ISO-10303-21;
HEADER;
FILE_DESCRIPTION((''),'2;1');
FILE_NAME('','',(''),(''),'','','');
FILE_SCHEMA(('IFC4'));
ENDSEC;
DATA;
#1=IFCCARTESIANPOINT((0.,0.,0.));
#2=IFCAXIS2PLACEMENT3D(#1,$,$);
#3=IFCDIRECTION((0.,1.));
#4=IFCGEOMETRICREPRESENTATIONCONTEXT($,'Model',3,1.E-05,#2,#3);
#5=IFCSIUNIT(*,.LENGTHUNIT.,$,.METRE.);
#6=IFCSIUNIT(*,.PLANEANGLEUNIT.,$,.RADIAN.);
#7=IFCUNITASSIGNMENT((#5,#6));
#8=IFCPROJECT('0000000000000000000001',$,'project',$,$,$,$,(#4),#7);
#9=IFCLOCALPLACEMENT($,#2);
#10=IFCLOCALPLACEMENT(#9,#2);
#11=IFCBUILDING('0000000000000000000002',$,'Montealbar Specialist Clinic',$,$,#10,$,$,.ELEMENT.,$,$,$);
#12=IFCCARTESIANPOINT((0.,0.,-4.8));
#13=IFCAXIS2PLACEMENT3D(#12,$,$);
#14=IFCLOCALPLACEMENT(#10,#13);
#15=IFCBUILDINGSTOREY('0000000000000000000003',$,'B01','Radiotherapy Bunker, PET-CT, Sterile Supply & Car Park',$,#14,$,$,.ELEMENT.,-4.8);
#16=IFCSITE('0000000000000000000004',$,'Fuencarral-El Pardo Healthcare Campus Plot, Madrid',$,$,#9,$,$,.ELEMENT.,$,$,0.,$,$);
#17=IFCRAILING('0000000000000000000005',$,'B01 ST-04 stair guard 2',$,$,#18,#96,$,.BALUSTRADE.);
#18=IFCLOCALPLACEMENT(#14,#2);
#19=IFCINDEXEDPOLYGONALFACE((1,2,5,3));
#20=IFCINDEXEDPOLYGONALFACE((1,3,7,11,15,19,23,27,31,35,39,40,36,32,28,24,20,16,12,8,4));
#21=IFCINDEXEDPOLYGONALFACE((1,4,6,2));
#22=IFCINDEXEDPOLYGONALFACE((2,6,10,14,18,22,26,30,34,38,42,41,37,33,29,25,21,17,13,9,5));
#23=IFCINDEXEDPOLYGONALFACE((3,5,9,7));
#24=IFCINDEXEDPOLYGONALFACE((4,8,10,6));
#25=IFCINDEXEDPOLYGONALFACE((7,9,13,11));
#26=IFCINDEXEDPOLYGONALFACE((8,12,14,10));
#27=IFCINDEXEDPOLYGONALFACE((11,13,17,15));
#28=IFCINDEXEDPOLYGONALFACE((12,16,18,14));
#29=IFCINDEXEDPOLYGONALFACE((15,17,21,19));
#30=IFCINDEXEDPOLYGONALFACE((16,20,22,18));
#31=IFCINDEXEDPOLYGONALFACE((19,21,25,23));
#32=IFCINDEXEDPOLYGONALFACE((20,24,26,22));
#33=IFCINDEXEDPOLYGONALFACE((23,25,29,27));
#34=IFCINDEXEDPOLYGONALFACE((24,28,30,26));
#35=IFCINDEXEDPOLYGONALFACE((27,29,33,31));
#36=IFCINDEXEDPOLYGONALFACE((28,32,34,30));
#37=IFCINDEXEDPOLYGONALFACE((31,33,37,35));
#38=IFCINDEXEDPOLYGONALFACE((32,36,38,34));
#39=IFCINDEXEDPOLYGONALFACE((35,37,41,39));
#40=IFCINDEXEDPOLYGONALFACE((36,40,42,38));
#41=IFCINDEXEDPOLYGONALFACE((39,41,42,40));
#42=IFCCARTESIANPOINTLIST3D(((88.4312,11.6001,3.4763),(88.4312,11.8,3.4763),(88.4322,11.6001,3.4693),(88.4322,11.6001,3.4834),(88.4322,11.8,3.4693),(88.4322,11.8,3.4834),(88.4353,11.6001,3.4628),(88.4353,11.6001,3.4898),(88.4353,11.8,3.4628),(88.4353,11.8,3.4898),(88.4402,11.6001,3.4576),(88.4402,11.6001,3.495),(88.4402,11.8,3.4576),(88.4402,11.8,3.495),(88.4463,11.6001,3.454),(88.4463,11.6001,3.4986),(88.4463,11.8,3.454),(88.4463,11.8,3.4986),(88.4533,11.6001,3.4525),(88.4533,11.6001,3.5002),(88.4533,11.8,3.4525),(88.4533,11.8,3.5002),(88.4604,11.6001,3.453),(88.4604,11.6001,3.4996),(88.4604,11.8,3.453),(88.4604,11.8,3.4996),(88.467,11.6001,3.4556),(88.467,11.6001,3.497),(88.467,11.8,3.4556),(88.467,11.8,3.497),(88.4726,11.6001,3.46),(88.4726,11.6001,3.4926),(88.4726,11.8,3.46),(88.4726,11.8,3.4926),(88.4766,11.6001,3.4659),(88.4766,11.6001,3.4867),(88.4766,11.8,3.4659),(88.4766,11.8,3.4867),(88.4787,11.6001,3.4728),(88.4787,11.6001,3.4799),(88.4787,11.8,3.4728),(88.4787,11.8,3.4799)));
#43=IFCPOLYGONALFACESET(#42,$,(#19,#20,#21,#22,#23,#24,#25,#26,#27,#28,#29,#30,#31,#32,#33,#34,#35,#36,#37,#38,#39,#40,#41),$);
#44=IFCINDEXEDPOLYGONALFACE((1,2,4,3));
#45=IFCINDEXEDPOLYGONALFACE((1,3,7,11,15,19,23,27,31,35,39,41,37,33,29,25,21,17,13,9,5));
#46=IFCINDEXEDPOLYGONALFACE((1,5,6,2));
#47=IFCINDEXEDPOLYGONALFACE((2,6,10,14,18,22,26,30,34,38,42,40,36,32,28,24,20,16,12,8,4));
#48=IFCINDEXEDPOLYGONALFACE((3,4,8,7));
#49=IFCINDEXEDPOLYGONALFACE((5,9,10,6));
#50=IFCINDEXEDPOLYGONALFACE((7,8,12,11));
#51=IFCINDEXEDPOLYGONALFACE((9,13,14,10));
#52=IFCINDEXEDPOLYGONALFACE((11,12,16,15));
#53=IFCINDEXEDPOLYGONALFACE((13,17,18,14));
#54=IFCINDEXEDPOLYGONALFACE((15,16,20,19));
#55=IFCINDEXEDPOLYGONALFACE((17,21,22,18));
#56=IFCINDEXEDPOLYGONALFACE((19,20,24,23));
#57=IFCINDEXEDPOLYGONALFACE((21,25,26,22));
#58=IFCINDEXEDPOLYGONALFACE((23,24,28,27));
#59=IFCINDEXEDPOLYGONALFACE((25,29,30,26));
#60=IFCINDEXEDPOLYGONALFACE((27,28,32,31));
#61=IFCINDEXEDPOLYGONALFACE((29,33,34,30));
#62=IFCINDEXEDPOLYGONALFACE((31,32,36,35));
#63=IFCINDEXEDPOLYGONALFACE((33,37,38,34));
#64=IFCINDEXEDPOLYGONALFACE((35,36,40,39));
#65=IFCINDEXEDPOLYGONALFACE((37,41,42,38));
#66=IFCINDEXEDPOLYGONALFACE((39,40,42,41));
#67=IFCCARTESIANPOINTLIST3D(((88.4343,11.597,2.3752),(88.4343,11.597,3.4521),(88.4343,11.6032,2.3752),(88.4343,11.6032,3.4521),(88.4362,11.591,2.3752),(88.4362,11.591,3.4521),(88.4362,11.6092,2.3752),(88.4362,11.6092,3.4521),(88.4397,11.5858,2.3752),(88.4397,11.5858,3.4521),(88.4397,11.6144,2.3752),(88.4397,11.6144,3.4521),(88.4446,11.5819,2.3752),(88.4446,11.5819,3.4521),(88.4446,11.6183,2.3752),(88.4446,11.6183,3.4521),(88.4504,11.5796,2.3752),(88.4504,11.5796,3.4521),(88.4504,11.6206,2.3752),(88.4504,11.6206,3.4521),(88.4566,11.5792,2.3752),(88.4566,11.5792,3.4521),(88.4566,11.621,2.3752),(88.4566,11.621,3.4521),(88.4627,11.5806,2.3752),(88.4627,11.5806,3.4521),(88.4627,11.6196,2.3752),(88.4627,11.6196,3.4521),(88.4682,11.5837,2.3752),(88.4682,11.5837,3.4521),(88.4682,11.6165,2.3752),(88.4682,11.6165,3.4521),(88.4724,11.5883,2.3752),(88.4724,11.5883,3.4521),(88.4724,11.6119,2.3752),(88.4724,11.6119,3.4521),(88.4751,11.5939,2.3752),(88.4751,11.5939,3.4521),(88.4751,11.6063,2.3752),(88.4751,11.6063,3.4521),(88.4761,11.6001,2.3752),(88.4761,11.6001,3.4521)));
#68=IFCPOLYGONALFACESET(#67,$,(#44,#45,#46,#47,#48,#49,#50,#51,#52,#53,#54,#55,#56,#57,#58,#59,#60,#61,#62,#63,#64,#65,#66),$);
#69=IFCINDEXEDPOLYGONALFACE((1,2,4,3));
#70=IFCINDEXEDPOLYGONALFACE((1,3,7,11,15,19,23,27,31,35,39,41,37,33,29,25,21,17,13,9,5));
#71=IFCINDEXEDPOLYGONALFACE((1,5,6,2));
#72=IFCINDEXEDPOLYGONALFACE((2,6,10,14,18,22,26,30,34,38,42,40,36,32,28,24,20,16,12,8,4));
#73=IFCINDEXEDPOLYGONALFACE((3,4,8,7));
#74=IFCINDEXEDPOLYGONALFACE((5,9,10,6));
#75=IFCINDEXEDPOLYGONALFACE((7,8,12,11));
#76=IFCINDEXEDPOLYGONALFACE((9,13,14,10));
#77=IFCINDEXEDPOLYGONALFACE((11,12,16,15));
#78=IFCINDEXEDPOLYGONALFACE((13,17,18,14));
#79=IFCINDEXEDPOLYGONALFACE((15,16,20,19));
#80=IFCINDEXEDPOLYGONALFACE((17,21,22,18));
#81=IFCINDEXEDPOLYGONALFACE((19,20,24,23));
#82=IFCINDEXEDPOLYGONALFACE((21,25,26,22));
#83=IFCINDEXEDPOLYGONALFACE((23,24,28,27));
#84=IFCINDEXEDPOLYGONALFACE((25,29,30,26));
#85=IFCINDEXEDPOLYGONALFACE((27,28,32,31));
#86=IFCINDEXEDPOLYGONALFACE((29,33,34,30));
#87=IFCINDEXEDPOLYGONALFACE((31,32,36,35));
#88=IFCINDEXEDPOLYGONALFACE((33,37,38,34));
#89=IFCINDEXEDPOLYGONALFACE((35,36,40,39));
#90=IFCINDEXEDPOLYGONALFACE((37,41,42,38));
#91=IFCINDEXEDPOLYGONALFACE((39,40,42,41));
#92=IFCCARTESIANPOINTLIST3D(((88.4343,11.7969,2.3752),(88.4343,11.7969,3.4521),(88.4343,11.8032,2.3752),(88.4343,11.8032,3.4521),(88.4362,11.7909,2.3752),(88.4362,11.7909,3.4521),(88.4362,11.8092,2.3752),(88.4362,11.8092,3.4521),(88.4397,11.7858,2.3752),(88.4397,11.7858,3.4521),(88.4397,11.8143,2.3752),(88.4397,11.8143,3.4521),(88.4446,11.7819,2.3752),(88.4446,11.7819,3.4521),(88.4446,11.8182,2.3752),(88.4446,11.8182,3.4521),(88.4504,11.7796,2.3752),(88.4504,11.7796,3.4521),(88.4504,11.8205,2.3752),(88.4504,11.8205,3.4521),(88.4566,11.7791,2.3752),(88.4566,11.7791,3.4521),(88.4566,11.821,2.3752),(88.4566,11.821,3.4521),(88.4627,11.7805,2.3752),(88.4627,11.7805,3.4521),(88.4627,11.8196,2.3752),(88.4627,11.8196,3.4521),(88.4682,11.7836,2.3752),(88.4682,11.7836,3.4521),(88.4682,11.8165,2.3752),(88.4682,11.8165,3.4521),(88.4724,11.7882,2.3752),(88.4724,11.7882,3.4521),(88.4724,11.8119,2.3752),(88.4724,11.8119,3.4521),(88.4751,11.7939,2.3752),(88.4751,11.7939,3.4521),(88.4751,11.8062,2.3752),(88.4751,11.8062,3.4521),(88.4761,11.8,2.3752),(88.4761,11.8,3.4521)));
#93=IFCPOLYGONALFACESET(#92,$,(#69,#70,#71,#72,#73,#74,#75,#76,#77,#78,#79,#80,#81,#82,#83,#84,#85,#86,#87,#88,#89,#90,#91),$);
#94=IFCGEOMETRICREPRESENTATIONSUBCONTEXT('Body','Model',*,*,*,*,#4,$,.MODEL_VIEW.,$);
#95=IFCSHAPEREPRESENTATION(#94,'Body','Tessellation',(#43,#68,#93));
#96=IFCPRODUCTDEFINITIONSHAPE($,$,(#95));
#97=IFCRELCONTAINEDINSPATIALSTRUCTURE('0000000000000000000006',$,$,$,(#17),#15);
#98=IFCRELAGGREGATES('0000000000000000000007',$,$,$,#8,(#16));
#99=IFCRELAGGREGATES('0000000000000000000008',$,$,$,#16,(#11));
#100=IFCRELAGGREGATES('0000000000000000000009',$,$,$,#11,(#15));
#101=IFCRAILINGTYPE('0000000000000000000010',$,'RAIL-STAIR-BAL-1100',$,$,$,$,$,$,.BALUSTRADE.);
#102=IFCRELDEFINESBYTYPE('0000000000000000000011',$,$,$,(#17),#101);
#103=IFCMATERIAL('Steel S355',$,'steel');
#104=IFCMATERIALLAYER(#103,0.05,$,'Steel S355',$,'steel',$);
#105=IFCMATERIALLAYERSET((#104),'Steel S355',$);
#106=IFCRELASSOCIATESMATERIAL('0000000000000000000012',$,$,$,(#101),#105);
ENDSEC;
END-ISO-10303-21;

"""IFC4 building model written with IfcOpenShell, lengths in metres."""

from ifc_helpers import new_model, si_unit, direction, frame, origin, origin_2d, place, context, subcontext, project, spatial, circle, extrude, material, layer, layer_set, type_object, element, save


model = new_model("IFC4")

# Units and contexts
model_context = context("Model", 3, precision=1e-05, world=origin(), true_north=direction((0.0, 1.0)))
body_context = subcontext(model_context, "Body", "Model", "MODEL_VIEW")
ifc_project = project(units=[si_unit("LENGTHUNIT", "METRE"), si_unit("PLANEANGLEUNIT", "RADIAN")], contexts=[model_context])

# Site, building, storey
site_placement = place(None, origin())
site = spatial("IfcSite", under=ifc_project, at=site_placement, Name="Fuencarral-El Pardo Healthcare Campus Plot, Madrid", CompositionType="ELEMENT", RefElevation=0.0)
building_placement = place(site_placement, origin())
building = spatial("IfcBuilding", under=site, at=building_placement, Name="Montealbar Specialist Clinic", CompositionType="ELEMENT")
storey_placement = place(building_placement, frame((0.0, 0.0, -4.8)))
storey = spatial("IfcBuildingStorey", under=building, at=storey_placement, Name="B01", Description="Radiotherapy Bunker, PET-CT, Sterile Supply & Car Park", CompositionType="ELEMENT", Elevation=-4.8)

# Shared definitions
ifc_material_1 = material(Name="Steel S355", Category="steel")

# Railing
ifc_layer_1 = layer(ifc_material_1, 0.05, Name="Steel S355", Category="steel")
ifc_layer_set_1 = layer_set([ifc_layer_1], Name="Steel S355")
railing_type_1 = type_object("IfcRailingType", Name="RAIL-STAIR-BAL-1100", PredefinedType="BALUSTRADE", material=ifc_layer_set_1)
railing_1_placement = place(storey_placement, frame((88.4551, 11.6001, 2.4001)))
element("IfcRailing", 1, at=railing_1_placement, inside=storey, type_object=railing_type_1, Name="B01 ST-04 stair guard 2", PredefinedType="BALUSTRADE", context=body_context, shape_type="SweptSolid", body=[
    extrude(circle(Radius=0.0239, at=origin_2d()), frame((0.0, 0.0, 1.0762), z_axis=(0.0, 1.0, 0.0), x_axis=(-1.0, 0.0, 0.0)), (0.0, 0.0, 1.0), 0.2),
    extrude(circle(Radius=0.021, at=origin_2d()), frame((0.0, 0.0, -0.0249)), (0.0, 0.0, 1.0), 1.0769),
    extrude(circle(Radius=0.021, at=origin_2d()), frame((0.0, 0.2, -0.0249)), (0.0, 0.0, 1.0), 1.0769),
])

save(model, "model.ifc")
